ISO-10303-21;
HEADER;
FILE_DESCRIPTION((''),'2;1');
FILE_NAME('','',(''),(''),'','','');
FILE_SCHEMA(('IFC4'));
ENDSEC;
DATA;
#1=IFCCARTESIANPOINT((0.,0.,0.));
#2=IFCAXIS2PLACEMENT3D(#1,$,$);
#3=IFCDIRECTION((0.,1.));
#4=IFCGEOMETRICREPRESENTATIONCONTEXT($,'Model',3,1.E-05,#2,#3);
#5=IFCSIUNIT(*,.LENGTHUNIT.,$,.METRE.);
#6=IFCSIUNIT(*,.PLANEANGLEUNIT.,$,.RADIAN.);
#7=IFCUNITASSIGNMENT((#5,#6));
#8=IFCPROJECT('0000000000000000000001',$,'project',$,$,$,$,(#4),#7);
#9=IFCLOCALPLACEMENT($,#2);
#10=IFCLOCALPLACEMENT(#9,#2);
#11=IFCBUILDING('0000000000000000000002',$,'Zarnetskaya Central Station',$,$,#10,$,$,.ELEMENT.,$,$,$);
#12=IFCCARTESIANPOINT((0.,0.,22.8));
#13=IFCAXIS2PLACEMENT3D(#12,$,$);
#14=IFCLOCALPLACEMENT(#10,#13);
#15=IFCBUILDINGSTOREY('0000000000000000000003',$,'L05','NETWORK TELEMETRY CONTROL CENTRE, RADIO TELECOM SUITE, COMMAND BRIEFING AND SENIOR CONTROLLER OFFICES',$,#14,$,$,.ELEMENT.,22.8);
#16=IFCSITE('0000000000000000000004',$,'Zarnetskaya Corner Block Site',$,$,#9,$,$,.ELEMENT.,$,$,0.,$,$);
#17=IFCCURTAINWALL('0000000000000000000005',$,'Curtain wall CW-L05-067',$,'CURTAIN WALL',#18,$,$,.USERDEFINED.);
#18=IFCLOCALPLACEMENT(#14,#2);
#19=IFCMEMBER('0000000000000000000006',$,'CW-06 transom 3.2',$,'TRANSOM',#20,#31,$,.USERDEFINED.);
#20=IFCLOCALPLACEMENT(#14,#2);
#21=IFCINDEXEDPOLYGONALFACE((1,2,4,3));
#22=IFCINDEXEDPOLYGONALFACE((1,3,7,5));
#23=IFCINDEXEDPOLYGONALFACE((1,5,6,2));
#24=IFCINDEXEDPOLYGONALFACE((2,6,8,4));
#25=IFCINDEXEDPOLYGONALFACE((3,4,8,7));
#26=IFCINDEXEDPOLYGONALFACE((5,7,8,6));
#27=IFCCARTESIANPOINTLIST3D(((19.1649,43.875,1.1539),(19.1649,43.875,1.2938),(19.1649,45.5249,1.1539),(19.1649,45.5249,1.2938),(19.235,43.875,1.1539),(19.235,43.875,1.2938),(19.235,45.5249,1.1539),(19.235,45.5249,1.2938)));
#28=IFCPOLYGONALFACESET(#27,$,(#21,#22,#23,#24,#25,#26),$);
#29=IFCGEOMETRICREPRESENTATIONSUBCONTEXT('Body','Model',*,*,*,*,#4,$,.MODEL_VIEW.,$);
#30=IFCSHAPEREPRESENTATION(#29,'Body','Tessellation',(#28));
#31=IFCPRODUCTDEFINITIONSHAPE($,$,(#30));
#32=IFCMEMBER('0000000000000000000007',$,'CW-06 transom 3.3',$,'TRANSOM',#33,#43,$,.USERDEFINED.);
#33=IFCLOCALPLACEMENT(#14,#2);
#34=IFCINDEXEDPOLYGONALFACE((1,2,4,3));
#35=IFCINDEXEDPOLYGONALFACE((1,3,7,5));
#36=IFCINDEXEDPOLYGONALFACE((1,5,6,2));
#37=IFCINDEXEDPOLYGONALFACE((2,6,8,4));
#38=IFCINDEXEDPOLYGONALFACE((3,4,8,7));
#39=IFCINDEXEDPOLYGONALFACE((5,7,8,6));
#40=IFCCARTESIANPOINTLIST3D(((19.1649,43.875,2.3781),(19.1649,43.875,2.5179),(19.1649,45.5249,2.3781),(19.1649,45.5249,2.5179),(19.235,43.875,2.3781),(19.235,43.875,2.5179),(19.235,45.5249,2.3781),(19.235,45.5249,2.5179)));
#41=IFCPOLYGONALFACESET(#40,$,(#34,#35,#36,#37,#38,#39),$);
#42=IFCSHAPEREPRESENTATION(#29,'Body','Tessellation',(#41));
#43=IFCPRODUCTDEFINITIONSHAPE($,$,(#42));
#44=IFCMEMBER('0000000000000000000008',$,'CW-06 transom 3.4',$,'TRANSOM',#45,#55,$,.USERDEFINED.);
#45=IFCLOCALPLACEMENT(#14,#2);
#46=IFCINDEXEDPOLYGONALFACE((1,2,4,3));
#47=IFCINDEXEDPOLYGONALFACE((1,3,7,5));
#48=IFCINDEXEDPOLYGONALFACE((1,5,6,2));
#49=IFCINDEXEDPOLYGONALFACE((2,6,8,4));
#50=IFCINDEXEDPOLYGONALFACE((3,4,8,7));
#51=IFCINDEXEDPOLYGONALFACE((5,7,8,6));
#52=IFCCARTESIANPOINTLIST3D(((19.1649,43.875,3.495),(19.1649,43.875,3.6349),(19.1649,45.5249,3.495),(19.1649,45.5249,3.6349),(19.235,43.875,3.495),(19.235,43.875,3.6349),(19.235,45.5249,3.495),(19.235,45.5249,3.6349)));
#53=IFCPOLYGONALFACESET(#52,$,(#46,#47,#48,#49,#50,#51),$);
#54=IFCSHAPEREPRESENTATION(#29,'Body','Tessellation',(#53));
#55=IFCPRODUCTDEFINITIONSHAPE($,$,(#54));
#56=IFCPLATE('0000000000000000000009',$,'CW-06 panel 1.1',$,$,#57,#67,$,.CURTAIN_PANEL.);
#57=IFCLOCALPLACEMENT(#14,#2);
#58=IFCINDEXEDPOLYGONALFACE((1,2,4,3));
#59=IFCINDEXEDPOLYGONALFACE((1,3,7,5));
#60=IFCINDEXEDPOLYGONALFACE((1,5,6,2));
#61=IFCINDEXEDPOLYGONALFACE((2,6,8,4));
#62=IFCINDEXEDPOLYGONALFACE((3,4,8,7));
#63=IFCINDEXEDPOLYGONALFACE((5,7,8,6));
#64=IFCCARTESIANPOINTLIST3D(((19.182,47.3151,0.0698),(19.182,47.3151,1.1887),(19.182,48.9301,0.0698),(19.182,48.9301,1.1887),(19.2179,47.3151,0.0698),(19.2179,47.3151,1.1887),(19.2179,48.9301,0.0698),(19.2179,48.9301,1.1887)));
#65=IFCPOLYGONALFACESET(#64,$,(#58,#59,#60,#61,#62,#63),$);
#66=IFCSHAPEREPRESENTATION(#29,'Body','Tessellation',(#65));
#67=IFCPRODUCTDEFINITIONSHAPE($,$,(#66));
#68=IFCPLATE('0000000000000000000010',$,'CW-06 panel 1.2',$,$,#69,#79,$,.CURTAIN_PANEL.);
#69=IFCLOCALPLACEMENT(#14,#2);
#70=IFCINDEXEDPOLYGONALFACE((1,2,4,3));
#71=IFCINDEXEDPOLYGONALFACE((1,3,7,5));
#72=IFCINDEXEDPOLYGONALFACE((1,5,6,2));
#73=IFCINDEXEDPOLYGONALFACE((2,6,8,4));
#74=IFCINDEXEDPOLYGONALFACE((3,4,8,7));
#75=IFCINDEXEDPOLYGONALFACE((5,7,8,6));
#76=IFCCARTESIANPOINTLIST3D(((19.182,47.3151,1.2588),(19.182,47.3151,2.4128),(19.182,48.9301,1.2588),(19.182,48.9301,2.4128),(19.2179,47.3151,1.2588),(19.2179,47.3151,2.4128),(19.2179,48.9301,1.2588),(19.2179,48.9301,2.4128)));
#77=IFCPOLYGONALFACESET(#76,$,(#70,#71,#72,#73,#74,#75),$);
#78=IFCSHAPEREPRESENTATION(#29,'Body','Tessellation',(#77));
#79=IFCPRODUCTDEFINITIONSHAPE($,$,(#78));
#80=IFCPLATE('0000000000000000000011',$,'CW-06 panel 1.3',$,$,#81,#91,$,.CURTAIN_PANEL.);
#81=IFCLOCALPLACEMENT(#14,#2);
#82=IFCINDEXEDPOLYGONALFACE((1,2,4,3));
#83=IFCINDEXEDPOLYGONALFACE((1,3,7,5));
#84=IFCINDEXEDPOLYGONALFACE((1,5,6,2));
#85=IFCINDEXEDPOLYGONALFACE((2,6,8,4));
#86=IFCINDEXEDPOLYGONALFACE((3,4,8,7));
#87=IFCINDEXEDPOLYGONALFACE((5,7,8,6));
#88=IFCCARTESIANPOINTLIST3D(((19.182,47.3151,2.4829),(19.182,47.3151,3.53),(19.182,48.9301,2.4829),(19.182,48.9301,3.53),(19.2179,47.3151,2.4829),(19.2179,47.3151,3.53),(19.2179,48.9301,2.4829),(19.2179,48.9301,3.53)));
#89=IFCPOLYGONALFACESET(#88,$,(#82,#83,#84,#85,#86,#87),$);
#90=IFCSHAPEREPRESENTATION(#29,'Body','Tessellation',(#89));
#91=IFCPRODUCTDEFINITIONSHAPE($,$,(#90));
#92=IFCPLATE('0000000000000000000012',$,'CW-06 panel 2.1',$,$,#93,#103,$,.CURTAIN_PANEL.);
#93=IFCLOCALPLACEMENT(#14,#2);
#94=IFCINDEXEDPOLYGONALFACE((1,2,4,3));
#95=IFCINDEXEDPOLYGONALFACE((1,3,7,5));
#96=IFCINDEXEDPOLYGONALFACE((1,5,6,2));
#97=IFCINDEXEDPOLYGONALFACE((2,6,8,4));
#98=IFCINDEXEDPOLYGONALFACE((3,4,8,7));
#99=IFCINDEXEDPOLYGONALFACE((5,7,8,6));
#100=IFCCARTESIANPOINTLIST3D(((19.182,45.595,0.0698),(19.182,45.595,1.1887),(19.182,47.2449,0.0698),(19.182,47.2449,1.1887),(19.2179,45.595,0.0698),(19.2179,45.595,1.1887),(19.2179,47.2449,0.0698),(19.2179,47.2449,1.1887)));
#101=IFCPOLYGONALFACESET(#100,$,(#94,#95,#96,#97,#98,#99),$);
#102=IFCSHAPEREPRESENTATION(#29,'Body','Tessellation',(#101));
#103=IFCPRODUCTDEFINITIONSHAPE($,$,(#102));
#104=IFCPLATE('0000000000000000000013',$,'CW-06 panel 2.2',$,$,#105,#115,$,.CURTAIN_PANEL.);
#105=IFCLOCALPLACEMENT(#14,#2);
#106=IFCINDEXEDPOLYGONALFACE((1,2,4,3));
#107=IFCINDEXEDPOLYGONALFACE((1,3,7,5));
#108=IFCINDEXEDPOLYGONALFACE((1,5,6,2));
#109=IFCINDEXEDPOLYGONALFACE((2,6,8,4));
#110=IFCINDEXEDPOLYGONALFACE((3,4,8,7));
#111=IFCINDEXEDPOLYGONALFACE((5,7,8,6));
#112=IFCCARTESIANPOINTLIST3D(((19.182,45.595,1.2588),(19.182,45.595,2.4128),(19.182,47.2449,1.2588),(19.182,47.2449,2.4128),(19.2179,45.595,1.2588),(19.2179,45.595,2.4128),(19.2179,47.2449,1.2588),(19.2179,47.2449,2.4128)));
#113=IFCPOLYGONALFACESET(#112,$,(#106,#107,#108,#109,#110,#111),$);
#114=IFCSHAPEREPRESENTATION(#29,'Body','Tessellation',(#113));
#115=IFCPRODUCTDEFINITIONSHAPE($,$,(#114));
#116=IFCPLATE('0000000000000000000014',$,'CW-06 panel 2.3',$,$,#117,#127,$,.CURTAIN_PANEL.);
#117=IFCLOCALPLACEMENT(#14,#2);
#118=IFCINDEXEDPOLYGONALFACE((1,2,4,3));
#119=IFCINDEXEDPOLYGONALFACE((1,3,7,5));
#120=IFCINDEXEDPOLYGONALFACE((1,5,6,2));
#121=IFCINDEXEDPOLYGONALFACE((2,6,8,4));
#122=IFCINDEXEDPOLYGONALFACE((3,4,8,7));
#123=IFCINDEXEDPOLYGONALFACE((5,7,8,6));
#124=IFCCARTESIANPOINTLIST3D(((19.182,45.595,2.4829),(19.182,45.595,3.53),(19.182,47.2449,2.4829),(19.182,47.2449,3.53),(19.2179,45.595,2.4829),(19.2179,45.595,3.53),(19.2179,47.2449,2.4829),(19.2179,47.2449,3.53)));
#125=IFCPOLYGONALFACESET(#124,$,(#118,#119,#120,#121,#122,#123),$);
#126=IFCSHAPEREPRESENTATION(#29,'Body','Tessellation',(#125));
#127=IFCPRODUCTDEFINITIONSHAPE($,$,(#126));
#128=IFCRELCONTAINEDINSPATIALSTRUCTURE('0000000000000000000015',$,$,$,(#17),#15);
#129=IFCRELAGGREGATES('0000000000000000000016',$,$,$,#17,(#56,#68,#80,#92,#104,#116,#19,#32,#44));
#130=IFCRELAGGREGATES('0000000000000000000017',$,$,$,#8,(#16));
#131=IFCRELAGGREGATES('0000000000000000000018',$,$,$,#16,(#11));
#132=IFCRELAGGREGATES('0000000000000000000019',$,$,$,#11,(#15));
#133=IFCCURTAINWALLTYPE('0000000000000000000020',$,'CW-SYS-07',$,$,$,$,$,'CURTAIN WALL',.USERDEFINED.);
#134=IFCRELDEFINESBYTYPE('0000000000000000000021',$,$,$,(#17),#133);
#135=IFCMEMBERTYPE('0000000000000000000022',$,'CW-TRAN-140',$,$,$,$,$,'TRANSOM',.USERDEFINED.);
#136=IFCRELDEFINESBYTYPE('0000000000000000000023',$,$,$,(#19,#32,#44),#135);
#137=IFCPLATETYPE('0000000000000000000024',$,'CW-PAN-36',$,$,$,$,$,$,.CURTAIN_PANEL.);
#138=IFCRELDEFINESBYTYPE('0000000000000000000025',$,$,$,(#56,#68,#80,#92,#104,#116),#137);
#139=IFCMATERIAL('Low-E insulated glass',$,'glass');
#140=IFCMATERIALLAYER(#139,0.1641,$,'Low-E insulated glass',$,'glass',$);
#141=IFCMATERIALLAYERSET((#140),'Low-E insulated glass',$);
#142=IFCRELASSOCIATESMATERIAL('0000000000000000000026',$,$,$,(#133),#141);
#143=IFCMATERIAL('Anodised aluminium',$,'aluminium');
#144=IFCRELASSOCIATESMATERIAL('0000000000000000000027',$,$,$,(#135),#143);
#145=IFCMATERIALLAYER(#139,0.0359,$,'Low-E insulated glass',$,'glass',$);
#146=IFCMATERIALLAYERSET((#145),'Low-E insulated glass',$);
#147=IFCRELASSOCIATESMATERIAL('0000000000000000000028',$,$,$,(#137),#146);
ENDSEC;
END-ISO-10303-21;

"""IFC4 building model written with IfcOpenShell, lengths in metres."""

from ifc_helpers import new_model, si_unit, direction, frame, origin, origin_2d, place, context, subcontext, project, spatial, rectangle, extrude, material, layer, layer_set, material_profile, profile_set, type_object, element, aggregate, save


model = new_model("IFC4")

# Units and contexts
model_context = context("Model", 3, precision=1e-05, world=origin(), true_north=direction((0.0, 1.0)))
body_context = subcontext(model_context, "Body", "Model", "MODEL_VIEW")
ifc_project = project(units=[si_unit("LENGTHUNIT", "METRE"), si_unit("PLANEANGLEUNIT", "RADIAN")], contexts=[model_context])

# Site, building, storey
site_placement = place(None, origin())
site = spatial("IfcSite", under=ifc_project, at=site_placement, Name="Zarnetskaya Corner Block Site", CompositionType="ELEMENT", RefElevation=0.0)
building_placement = place(site_placement, origin())
building = spatial("IfcBuilding", under=site, at=building_placement, Name="Zarnetskaya Central Station", CompositionType="ELEMENT")
storey_placement = place(building_placement, frame((0.0, 0.0, 22.8)))
storey = spatial("IfcBuildingStorey", under=building, at=storey_placement, Name="L05", Description="NETWORK TELEMETRY CONTROL CENTRE, RADIO TELECOM SUITE, COMMAND BRIEFING AND SENIOR CONTROLLER OFFICES", CompositionType="ELEMENT", Elevation=22.8)

# Curtain wall, members, plates
ifc_material_1 = material(Name="Low-E insulated glass", Category="glass")
ifc_layer_1 = layer(ifc_material_1, 0.1641, Name="Low-E insulated glass", Category="glass")
ifc_layer_set_1 = layer_set([ifc_layer_1], Name="Low-E insulated glass")
curtain_wall_type = type_object("IfcCurtainWallType", Name="CW-SYS-07", ElementType="CURTAIN WALL", PredefinedType="USERDEFINED", material=ifc_layer_set_1)
curtain_wall_placement = place(storey_placement, origin())
curtain_wall = element("IfcCurtainWall", 1, at=curtain_wall_placement, inside=storey, type_object=curtain_wall_type, Name="Curtain wall CW-L05-067", ObjectType="CURTAIN WALL", PredefinedType="USERDEFINED")
ifc_material_2 = material(Name="Anodised aluminium", Category="aluminium")
ifc_material_profile_1 = material_profile(ifc_material_2, rectangle(XDim=0.0701, YDim=0.1399, at=origin_2d()), Name="ALU TRAN 70x140")
ifc_profile_set_1 = profile_set([ifc_material_profile_1], Name="Anodised aluminium")
member_type_1 = type_object("IfcMemberType", Name="CW-TRAN-140", ElementType="TRANSOM", PredefinedType="USERDEFINED", material=ifc_profile_set_1)
member_1_placement = place(storey_placement, frame((19.2, 45.5249, 1.2239), z_axis=(0.0, -1.0, 0.0), x_axis=(1.0, 0.0, 0.0)))
member_1 = element("IfcMember", 2, at=member_1_placement, type_object=member_type_1, Name="CW-06 transom 3.2", ObjectType="TRANSOM", PredefinedType="USERDEFINED", context=body_context, shape_type="SweptSolid", body=[
    extrude(rectangle(XDim=0.0701, YDim=0.1399, at=origin_2d()), origin(), (0.0, 0.0, 1.0), 1.6499),
])
member_2_placement = place(storey_placement, frame((19.2, 45.5249, 2.448), z_axis=(0.0, -1.0, 0.0), x_axis=(1.0, 0.0, 0.0)))
member_2 = element("IfcMember", 3, at=member_2_placement, type_object=member_type_1, Name="CW-06 transom 3.3", ObjectType="TRANSOM", PredefinedType="USERDEFINED", context=body_context, shape_type="SweptSolid", body=[
    extrude(rectangle(XDim=0.0701, YDim=0.1399, at=origin_2d()), origin(), (0.0, 0.0, 1.0), 1.6499),
])
member_3_placement = place(storey_placement, frame((19.2, 45.5249, 3.5649), z_axis=(0.0, -1.0, 0.0), x_axis=(1.0, 0.0, 0.0)))
member_3 = element("IfcMember", 4, at=member_3_placement, type_object=member_type_1, Name="CW-06 transom 3.4", ObjectType="TRANSOM", PredefinedType="USERDEFINED", context=body_context, shape_type="SweptSolid", body=[
    extrude(rectangle(XDim=0.0701, YDim=0.1399, at=origin_2d()), origin(), (0.0, 0.0, 1.0), 1.6499),
])
ifc_layer_2 = layer(ifc_material_1, 0.0359, Name="Low-E insulated glass", Category="glass")
ifc_layer_set_2 = layer_set([ifc_layer_2], Name="Low-E insulated glass")
plate_type = type_object("IfcPlateType", Name="CW-PAN-36", PredefinedType="CURTAIN_PANEL", material=ifc_layer_set_2)
plate_1_placement = place(storey_placement, frame((19.2, 48.1226, 0.0698), z_axis=(0.0, 0.0, 1.0), x_axis=(0.0, -1.0, 0.0)))
plate_1 = element("IfcPlate", 5, at=plate_1_placement, type_object=plate_type, Name="CW-06 panel 1.1", PredefinedType="CURTAIN_PANEL", context=body_context, shape_type="SweptSolid", body=[
    extrude(rectangle(XDim=1.615, YDim=0.0359, at=origin_2d()), origin(), (0.0, 0.0, 1.0), 1.1189),
])
plate_2_placement = place(storey_placement, frame((19.2, 48.1226, 1.2588), z_axis=(0.0, 0.0, 1.0), x_axis=(0.0, -1.0, 0.0)))
plate_2 = element("IfcPlate", 6, at=plate_2_placement, type_object=plate_type, Name="CW-06 panel 1.2", PredefinedType="CURTAIN_PANEL", context=body_context, shape_type="SweptSolid", body=[
    extrude(rectangle(XDim=1.615, YDim=0.0359, at=origin_2d()), origin(), (0.0, 0.0, 1.0), 1.1541),
])
plate_3_placement = place(storey_placement, frame((19.2, 48.1226, 2.4829), z_axis=(0.0, 0.0, 1.0), x_axis=(0.0, -1.0, 0.0)))
plate_3 = element("IfcPlate", 7, at=plate_3_placement, type_object=plate_type, Name="CW-06 panel 1.3", PredefinedType="CURTAIN_PANEL", context=body_context, shape_type="SweptSolid", body=[
    extrude(rectangle(XDim=1.615, YDim=0.0359, at=origin_2d()), origin(), (0.0, 0.0, 1.0), 1.0471),
])
plate_4_placement = place(storey_placement, frame((19.2, 46.4199, 0.0698), z_axis=(0.0, 0.0, 1.0), x_axis=(0.0, -1.0, 0.0)))
plate_4 = element("IfcPlate", 8, at=plate_4_placement, type_object=plate_type, Name="CW-06 panel 2.1", PredefinedType="CURTAIN_PANEL", context=body_context, shape_type="SweptSolid", body=[
    extrude(rectangle(XDim=1.6499, YDim=0.0359, at=origin_2d()), origin(), (0.0, 0.0, 1.0), 1.1189),
])
plate_5_placement = place(storey_placement, frame((19.2, 46.4199, 1.2588), z_axis=(0.0, 0.0, 1.0), x_axis=(0.0, -1.0, 0.0)))
plate_5 = element("IfcPlate", 9, at=plate_5_placement, type_object=plate_type, Name="CW-06 panel 2.2", PredefinedType="CURTAIN_PANEL", context=body_context, shape_type="SweptSolid", body=[
    extrude(rectangle(XDim=1.6499, YDim=0.0359, at=origin_2d()), origin(), (0.0, 0.0, 1.0), 1.1541),
])
plate_6_placement = place(storey_placement, frame((19.2, 46.4199, 2.4829), z_axis=(0.0, 0.0, 1.0), x_axis=(0.0, -1.0, 0.0)))
plate_6 = element("IfcPlate", 10, at=plate_6_placement, type_object=plate_type, Name="CW-06 panel 2.3", PredefinedType="CURTAIN_PANEL", context=body_context, shape_type="SweptSolid", body=[
    extrude(rectangle(XDim=1.6499, YDim=0.0359, at=origin_2d()), origin(), (0.0, 0.0, 1.0), 1.0471),
])
aggregate(curtain_wall, [plate_1, plate_2, plate_3, plate_4, plate_5, plate_6, member_1, member_2, member_3])

save(model, "model.ifc")
